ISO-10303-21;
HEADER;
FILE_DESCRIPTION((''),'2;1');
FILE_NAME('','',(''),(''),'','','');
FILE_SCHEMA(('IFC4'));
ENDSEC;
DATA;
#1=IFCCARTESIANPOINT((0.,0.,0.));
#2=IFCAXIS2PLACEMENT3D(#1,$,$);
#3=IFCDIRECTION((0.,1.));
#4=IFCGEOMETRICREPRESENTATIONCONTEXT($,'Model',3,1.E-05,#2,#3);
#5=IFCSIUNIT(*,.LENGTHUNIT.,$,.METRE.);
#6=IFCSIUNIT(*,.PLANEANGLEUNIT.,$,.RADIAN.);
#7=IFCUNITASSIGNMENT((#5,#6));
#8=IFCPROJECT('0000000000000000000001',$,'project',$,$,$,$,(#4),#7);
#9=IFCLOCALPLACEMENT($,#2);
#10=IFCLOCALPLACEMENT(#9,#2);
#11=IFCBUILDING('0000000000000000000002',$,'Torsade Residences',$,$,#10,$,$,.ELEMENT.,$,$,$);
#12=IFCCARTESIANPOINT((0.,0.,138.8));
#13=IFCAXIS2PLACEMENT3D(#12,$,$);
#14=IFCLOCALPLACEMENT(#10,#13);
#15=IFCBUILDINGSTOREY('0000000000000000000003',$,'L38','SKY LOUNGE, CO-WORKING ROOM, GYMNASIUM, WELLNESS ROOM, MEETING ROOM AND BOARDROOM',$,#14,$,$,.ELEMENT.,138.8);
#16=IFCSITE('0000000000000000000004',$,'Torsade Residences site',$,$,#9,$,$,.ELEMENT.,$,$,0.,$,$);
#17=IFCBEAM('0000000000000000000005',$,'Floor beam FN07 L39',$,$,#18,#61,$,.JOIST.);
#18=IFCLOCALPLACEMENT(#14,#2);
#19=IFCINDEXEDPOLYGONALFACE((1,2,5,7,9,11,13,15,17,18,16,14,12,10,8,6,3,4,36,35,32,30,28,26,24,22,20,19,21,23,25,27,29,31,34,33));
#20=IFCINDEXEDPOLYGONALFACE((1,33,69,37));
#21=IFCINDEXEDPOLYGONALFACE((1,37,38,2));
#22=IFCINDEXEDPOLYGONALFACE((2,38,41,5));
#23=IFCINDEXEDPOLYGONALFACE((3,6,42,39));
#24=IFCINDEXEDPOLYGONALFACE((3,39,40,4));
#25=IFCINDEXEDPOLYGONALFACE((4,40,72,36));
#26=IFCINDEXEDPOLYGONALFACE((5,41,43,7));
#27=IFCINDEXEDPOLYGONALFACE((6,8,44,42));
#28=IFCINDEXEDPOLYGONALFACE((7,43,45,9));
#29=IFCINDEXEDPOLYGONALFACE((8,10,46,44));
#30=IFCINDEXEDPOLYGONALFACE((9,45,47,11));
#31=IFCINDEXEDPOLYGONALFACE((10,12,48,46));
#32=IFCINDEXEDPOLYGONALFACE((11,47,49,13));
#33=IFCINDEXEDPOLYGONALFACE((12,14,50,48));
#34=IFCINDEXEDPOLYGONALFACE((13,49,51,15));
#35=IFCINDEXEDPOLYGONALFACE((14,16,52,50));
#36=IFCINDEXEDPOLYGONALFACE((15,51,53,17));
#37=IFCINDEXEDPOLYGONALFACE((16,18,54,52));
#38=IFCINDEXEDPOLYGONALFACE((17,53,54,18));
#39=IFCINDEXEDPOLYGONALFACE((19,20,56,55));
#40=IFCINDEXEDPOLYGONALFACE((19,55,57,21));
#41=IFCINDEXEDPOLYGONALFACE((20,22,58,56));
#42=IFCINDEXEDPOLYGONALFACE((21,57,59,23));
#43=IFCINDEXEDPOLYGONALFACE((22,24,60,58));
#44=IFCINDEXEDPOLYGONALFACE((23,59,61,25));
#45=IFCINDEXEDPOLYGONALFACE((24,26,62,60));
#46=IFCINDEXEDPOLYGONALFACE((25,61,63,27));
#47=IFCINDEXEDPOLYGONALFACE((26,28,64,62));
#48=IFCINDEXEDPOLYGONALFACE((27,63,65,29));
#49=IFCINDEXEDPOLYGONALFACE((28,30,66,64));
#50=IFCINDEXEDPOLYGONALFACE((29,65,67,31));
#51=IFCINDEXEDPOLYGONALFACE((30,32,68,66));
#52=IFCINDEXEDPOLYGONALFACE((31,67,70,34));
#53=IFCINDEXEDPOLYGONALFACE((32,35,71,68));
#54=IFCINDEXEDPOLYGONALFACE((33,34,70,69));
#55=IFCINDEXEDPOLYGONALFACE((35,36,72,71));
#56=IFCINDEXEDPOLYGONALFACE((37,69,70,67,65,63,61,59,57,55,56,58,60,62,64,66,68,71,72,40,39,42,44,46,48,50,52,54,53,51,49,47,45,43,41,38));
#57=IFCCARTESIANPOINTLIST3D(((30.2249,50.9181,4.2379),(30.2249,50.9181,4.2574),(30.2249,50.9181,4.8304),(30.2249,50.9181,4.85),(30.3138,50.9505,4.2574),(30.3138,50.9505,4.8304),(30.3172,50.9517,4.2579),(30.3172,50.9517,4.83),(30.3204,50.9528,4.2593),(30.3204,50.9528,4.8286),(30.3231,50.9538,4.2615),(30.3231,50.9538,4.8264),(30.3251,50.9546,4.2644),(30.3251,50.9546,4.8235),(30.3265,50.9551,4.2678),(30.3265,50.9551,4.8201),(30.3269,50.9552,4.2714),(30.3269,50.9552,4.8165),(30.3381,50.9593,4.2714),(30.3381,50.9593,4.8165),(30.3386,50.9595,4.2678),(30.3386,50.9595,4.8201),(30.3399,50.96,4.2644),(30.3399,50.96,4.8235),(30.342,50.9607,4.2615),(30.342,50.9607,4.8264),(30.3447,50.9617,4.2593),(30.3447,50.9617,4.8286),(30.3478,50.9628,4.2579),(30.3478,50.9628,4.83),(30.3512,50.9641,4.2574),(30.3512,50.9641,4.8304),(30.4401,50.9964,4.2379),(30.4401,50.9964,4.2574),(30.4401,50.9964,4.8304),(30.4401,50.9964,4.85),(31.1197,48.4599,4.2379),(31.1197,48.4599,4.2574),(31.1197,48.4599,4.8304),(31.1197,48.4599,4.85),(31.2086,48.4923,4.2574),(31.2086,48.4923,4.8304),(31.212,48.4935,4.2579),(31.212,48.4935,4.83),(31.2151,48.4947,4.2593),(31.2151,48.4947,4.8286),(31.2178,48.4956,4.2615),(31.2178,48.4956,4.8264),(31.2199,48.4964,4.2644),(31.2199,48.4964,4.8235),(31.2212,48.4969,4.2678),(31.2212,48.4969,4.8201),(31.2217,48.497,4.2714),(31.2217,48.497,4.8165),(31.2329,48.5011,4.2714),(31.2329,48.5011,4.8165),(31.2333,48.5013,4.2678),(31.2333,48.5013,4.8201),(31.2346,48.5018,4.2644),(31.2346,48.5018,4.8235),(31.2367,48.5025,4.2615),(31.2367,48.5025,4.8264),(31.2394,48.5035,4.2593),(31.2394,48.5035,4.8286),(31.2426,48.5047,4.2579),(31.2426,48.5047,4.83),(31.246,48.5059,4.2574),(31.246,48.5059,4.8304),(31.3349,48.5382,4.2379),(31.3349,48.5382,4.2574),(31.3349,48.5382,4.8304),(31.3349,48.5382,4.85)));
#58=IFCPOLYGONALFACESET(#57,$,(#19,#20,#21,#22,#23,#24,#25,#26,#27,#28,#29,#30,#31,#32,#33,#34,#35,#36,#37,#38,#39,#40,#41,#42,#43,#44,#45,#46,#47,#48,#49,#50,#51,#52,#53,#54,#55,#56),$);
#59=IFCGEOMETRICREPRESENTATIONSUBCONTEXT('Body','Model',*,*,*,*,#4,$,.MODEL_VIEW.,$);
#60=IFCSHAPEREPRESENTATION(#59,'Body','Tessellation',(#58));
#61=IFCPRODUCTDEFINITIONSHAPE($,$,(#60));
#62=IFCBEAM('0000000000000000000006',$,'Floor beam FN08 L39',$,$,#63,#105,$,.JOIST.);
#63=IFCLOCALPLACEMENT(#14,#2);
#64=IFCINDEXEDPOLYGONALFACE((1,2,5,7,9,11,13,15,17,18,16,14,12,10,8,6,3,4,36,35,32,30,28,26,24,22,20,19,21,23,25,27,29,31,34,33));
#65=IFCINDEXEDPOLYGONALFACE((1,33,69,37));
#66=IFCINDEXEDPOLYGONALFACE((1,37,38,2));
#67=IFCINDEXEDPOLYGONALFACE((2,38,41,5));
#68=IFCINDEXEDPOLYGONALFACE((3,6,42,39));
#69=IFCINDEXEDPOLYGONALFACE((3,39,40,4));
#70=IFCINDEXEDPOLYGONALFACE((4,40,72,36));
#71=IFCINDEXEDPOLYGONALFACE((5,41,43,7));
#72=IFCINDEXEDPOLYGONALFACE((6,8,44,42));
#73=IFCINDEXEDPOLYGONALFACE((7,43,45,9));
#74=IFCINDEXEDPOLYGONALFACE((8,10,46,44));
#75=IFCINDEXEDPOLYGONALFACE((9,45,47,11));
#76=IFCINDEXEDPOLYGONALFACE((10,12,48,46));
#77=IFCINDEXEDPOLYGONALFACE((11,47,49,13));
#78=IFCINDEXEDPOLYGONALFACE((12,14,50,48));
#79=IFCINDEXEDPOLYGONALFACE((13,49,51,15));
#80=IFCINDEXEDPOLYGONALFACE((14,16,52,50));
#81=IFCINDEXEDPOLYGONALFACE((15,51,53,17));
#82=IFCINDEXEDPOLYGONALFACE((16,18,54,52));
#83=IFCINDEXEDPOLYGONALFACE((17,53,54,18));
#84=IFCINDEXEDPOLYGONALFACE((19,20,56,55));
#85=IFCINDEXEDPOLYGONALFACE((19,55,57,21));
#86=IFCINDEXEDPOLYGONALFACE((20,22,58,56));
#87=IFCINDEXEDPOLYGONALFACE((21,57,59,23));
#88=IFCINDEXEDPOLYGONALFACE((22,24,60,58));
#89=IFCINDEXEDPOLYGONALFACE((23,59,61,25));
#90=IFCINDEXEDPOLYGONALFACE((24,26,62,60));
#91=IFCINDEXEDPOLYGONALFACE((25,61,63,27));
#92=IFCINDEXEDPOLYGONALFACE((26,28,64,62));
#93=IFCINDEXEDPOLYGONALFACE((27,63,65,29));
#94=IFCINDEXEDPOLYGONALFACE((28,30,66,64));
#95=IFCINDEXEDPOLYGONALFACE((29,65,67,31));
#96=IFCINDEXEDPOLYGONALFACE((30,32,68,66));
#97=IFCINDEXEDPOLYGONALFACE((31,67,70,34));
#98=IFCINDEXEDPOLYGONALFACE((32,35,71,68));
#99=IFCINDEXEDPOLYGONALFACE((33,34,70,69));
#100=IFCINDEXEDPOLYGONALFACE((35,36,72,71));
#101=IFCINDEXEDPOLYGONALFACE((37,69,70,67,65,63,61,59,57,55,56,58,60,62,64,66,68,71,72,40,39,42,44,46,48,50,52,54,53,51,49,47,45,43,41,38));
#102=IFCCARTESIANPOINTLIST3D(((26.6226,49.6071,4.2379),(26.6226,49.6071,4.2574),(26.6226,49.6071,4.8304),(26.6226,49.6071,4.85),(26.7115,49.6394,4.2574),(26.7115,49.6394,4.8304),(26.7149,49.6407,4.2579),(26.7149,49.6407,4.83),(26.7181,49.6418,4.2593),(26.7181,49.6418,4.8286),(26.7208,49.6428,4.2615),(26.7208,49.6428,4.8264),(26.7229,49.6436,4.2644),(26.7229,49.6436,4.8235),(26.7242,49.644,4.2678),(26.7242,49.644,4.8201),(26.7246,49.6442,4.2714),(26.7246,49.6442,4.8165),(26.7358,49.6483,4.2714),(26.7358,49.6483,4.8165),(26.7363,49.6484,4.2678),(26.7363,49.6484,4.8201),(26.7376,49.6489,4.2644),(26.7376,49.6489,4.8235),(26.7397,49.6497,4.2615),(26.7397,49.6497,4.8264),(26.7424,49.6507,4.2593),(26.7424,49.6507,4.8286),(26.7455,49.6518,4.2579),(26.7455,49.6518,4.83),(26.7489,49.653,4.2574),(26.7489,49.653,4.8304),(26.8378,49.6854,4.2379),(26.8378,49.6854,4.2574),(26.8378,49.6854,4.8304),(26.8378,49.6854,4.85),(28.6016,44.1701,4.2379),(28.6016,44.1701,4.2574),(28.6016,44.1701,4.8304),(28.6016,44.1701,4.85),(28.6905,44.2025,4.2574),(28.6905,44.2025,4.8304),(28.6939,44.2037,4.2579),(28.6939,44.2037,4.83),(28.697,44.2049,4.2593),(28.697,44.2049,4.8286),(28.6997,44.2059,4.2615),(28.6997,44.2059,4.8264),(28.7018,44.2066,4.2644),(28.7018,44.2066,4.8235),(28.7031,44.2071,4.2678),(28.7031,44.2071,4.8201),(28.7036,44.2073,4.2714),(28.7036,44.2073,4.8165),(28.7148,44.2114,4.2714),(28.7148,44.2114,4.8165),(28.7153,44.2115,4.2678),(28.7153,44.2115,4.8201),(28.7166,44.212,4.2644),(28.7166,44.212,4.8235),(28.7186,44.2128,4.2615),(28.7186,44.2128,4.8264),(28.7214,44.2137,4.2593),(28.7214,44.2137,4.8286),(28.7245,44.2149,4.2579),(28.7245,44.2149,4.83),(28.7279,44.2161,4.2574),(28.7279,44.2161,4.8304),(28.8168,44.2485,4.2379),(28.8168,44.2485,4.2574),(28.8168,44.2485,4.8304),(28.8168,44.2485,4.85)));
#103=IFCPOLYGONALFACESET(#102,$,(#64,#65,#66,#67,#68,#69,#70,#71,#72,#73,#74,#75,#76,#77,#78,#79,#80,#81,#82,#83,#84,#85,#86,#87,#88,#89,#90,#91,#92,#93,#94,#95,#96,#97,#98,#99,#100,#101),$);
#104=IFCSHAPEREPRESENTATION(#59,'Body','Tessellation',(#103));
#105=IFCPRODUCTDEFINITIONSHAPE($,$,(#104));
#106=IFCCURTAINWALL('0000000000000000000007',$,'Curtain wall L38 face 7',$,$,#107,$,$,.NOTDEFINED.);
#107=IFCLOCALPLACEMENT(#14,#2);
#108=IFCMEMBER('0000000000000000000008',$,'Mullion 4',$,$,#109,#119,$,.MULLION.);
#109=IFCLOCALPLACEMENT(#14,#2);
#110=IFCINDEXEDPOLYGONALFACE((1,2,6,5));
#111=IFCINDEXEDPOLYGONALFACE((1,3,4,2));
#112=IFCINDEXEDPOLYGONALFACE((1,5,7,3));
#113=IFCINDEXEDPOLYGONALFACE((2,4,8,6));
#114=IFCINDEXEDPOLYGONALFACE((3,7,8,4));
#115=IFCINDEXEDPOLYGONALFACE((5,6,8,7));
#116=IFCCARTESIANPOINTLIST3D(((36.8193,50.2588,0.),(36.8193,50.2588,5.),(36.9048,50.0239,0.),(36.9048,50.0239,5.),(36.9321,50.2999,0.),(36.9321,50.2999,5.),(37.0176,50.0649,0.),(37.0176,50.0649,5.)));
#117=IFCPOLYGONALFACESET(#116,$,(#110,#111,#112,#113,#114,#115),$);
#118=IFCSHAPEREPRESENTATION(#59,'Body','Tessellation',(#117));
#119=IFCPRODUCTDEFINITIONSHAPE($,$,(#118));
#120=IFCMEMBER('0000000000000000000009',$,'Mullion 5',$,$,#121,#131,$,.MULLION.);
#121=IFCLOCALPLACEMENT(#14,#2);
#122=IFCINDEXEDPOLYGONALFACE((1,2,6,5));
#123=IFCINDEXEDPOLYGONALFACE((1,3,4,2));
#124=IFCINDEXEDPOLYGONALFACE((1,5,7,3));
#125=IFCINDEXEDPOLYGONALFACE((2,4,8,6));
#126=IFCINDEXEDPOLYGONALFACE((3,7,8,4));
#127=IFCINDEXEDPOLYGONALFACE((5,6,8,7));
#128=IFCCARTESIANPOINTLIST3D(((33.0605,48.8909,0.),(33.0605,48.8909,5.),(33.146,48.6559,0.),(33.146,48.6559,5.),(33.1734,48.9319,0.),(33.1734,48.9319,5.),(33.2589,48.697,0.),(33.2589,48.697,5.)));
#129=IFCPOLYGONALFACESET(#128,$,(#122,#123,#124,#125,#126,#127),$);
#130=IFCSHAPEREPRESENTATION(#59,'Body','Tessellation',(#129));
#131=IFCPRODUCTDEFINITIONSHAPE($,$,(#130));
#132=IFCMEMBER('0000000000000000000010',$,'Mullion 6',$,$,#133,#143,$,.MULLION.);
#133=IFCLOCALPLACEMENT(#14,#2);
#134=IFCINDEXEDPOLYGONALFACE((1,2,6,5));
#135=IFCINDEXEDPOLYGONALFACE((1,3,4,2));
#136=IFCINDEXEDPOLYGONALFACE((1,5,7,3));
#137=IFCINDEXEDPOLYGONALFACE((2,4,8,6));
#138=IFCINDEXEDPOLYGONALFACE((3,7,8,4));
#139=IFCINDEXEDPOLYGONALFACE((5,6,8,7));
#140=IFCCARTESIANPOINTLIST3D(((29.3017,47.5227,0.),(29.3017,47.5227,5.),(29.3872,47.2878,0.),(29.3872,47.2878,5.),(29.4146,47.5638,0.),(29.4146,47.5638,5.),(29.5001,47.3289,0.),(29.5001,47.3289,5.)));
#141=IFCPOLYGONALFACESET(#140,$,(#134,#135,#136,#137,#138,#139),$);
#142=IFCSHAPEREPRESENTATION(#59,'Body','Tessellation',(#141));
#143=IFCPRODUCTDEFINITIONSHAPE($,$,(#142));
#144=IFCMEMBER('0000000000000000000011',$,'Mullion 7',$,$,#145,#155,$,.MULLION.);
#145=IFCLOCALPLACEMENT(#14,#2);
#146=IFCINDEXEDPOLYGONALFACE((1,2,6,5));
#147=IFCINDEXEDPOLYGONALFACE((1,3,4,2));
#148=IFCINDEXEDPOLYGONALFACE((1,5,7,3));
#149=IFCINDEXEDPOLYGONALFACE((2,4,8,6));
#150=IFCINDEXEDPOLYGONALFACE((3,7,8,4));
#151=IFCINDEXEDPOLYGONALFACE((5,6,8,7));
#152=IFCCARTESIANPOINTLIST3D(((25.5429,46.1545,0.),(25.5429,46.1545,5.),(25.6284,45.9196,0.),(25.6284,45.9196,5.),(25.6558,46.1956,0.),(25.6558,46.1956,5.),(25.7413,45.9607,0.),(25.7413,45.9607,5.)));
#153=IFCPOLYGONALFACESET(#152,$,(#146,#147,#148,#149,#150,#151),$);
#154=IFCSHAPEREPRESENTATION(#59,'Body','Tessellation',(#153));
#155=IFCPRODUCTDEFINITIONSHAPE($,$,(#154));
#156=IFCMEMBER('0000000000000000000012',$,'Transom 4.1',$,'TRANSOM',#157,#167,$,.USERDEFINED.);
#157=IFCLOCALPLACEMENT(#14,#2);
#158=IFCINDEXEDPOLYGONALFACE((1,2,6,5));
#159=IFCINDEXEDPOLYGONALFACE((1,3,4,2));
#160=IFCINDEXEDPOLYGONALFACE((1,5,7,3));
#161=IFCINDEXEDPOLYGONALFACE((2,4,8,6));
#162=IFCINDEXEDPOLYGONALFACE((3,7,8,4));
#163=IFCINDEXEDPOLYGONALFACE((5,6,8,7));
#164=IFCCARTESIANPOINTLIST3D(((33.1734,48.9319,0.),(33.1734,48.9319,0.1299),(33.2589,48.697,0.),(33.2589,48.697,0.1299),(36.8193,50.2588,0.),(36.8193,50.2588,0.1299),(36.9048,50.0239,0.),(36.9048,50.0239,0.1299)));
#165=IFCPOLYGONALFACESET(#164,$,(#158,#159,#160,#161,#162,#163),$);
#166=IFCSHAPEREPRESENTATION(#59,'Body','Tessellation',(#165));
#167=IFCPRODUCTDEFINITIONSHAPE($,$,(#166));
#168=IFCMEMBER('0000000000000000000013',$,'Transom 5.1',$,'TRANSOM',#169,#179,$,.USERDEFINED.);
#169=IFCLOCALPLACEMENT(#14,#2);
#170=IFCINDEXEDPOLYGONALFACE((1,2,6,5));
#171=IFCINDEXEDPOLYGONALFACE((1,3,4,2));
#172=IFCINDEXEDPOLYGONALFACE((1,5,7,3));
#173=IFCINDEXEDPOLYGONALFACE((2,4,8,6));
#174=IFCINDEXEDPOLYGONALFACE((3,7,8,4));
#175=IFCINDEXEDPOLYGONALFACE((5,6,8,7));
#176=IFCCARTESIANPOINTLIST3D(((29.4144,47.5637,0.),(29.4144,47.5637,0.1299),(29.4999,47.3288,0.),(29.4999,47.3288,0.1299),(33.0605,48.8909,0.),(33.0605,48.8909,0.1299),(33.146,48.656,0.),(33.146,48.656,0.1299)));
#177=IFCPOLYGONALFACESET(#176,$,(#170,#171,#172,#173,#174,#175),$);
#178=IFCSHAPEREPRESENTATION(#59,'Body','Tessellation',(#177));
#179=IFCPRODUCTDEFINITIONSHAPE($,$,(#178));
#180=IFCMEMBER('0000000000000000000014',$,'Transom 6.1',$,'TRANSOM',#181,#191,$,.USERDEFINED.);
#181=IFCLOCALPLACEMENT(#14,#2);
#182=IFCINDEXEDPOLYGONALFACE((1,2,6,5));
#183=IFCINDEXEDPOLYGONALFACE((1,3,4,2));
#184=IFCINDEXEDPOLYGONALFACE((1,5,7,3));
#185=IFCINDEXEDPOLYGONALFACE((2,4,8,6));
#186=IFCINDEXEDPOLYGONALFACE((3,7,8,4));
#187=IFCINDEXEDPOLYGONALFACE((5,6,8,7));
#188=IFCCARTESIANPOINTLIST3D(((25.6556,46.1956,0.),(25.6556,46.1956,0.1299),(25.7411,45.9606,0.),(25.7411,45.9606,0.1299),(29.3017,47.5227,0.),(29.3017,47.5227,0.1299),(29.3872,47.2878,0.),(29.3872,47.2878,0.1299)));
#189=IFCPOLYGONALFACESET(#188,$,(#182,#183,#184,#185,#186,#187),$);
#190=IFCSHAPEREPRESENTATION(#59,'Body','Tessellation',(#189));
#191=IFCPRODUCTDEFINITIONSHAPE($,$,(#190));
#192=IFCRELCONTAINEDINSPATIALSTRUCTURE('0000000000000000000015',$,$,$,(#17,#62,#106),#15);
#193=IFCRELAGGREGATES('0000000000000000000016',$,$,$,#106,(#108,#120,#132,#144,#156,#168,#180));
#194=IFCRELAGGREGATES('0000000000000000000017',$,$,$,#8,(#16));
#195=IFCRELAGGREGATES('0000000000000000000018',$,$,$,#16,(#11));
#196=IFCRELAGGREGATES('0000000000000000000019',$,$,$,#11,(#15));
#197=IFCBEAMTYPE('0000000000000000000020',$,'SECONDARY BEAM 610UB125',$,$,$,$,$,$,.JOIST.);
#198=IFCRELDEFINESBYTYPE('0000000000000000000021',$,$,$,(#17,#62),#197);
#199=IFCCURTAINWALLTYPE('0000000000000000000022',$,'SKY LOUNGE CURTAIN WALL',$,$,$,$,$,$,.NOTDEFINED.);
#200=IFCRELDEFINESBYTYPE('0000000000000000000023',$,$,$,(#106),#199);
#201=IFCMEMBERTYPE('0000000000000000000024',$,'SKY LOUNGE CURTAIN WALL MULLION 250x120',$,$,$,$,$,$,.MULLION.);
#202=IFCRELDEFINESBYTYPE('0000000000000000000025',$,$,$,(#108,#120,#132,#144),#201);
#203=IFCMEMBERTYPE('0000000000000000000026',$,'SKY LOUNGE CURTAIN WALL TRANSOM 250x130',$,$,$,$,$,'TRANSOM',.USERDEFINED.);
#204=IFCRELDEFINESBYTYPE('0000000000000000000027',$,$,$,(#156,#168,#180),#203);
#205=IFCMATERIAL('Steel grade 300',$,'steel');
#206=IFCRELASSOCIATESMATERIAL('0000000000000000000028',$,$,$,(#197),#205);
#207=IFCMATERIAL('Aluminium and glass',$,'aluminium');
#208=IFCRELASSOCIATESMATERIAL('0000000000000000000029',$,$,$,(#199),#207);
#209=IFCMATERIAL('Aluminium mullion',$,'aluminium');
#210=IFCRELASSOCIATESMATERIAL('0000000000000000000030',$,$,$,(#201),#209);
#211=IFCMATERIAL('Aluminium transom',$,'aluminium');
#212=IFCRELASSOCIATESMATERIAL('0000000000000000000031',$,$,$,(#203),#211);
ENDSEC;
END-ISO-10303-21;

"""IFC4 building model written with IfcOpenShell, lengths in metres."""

from ifc_helpers import new_model, si_unit, direction, frame, origin, origin_2d, place, context, subcontext, project, spatial, rectangle, i_section, extrude, material, material_profile, profile_set, type_object, element, aggregate, save


model = new_model("IFC4")

# Units and contexts
model_context = context("Model", 3, precision=1e-05, world=origin(), true_north=direction((0.0, 1.0)))
body_context = subcontext(model_context, "Body", "Model", "MODEL_VIEW")
ifc_project = project(units=[si_unit("LENGTHUNIT", "METRE"), si_unit("PLANEANGLEUNIT", "RADIAN")], contexts=[model_context])

# Site, building, storey
site_placement = place(None, origin())
site = spatial("IfcSite", under=ifc_project, at=site_placement, Name="Torsade Residences site", CompositionType="ELEMENT", RefElevation=0.0)
building_placement = place(site_placement, origin())
building = spatial("IfcBuilding", under=site, at=building_placement, Name="Torsade Residences", CompositionType="ELEMENT")
storey_placement = place(building_placement, frame((0.0, 0.0, 138.8)))
storey = spatial("IfcBuildingStorey", under=building, at=storey_placement, Name="L38", Description="SKY LOUNGE, CO-WORKING ROOM, GYMNASIUM, WELLNESS ROOM, MEETING ROOM AND BOARDROOM", CompositionType="ELEMENT", Elevation=138.8)

# Beams
ifc_material_1 = material(Name="Steel grade 300", Category="steel")
ifc_material_profile_1 = material_profile(ifc_material_1, i_section(OverallWidth=0.229, OverallDepth=0.6121, WebThickness=0.012, FlangeThickness=0.0195, FilletRadius=0.0139, at=origin_2d()), Name="610UB125")
ifc_profile_set_1 = profile_set([ifc_material_profile_1], Name="Steel grade 300")
beam_type_1 = type_object("IfcBeamType", Name="SECONDARY BEAM 610UB125", PredefinedType="JOIST", material=ifc_profile_set_1)
beam_1_placement = place(storey_placement, frame((30.3325, 50.9573, 4.5439), z_axis=(0.342035, -0.939687, 0.0), x_axis=(0.939687, 0.342035, 0.0)))
element("IfcBeam", 1, at=beam_1_placement, inside=storey, type_object=beam_type_1, Name="Floor beam FN07 L39", PredefinedType="JOIST", context=body_context, shape_type="SweptSolid", body=[
    extrude(i_section(OverallWidth=0.229, OverallDepth=0.6121, WebThickness=0.012, FlangeThickness=0.0195, FilletRadius=0.0139, at=origin_2d()), origin(), (0.0, 0.0, 1.0), 2.616),
])
beam_2_placement = place(storey_placement, frame((26.7302, 49.6462, 4.5439), z_axis=(0.342034, -0.939687, 0.0), x_axis=(0.939687, 0.342034, 0.0)))
element("IfcBeam", 2, at=beam_2_placement, inside=storey, type_object=beam_type_1, Name="Floor beam FN08 L39", PredefinedType="JOIST", context=body_context, shape_type="SweptSolid", body=[
    extrude(i_section(OverallWidth=0.229, OverallDepth=0.6121, WebThickness=0.012, FlangeThickness=0.0195, FilletRadius=0.0139, at=origin_2d()), origin(), (0.0, 0.0, 1.0), 5.7859),
])

# Curtain wall, members
ifc_material_2 = material(Name="Aluminium and glass", Category="aluminium")
curtain_wall_type = type_object("IfcCurtainWallType", Name="SKY LOUNGE CURTAIN WALL", PredefinedType="NOTDEFINED", material=ifc_material_2)
curtain_wall_placement = place(storey_placement, origin())
curtain_wall = element("IfcCurtainWall", 3, at=curtain_wall_placement, inside=storey, type_object=curtain_wall_type, Name="Curtain wall L38 face 7", PredefinedType="NOTDEFINED")
ifc_material_3 = material(Name="Aluminium mullion", Category="aluminium")
ifc_material_profile_2 = material_profile(ifc_material_3, rectangle(XDim=0.25, YDim=0.1201, at=origin_2d()), Name="SKY LOUNGE CURTAIN WALL MULLION 250x120")
ifc_profile_set_2 = profile_set([ifc_material_profile_2], Name="Aluminium mullion")
member_type_1 = type_object("IfcMemberType", Name="SKY LOUNGE CURTAIN WALL MULLION 250x120", PredefinedType="MULLION", material=ifc_profile_set_2)
member_1_placement = place(storey_placement, frame((36.9185, 50.1619, 0.0), z_axis=(0.0, 0.0, 1.0), x_axis=(0.34202, -0.939693, 0.0)))
member_1 = element("IfcMember", 4, at=member_1_placement, type_object=member_type_1, Name="Mullion 4", PredefinedType="MULLION", context=body_context, shape_type="SweptSolid", body=[
    extrude(rectangle(XDim=0.25, YDim=0.1201, at=origin_2d()), origin(), (0.0, 0.0, 1.0), 5.0),
])
member_2_placement = place(storey_placement, frame((33.1597, 48.7939, 0.0), z_axis=(0.0, 0.0, 1.0), x_axis=(0.34202, -0.939693, 0.0)))
member_2 = element("IfcMember", 5, at=member_2_placement, type_object=member_type_1, Name="Mullion 5", PredefinedType="MULLION", context=body_context, shape_type="SweptSolid", body=[
    extrude(rectangle(XDim=0.25, YDim=0.1201, at=origin_2d()), origin(), (0.0, 0.0, 1.0), 5.0),
])
member_3_placement = place(storey_placement, frame((29.4009, 47.4258, 0.0), z_axis=(0.0, 0.0, 1.0), x_axis=(0.34202, -0.939693, 0.0)))
member_3 = element("IfcMember", 6, at=member_3_placement, type_object=member_type_1, Name="Mullion 6", PredefinedType="MULLION", context=body_context, shape_type="SweptSolid", body=[
    extrude(rectangle(XDim=0.25, YDim=0.1201, at=origin_2d()), origin(), (0.0, 0.0, 1.0), 5.0),
])
member_4_placement = place(storey_placement, frame((25.6421, 46.0576, 0.0), z_axis=(0.0, 0.0, 1.0), x_axis=(0.34202, -0.939693, 0.0)))
member_4 = element("IfcMember", 7, at=member_4_placement, type_object=member_type_1, Name="Mullion 7", PredefinedType="MULLION", context=body_context, shape_type="SweptSolid", body=[
    extrude(rectangle(XDim=0.25, YDim=0.1201, at=origin_2d()), origin(), (0.0, 0.0, 1.0), 5.0),
])
ifc_material_4 = material(Name="Aluminium transom", Category="aluminium")
ifc_material_profile_3 = material_profile(ifc_material_4, rectangle(XDim=0.25, YDim=0.1299, at=origin_2d()), Name="SKY LOUNGE CURTAIN WALL TRANSOM 250x130")
ifc_profile_set_3 = profile_set([ifc_material_profile_3], Name="Aluminium transom")
member_type_2 = type_object("IfcMemberType", Name="SKY LOUNGE CURTAIN WALL TRANSOM 250x130", ElementType="TRANSOM", PredefinedType="USERDEFINED", material=ifc_profile_set_3)
member_5_placement = place(storey_placement, frame((36.8621, 50.1414, 0.0649), z_axis=(-0.939703, -0.341991, 0.0), x_axis=(0.341991, -0.939703, 0.0)))
member_5 = element("IfcMember", 8, at=member_5_placement, type_object=member_type_2, Name="Transom 4.1", ObjectType="TRANSOM", PredefinedType="USERDEFINED", context=body_context, shape_type="SweptSolid", body=[
    extrude(rectangle(XDim=0.25, YDim=0.1299, at=origin_2d()), origin(), (0.0, 0.0, 1.0), 3.8799),
])
member_6_placement = place(storey_placement, frame((33.1033, 48.7734, 0.0649), z_axis=(-0.939683, -0.342046, 0.0), x_axis=(0.342046, -0.939683, 0.0)))
member_6 = element("IfcMember", 9, at=member_6_placement, type_object=member_type_2, Name="Transom 5.1", ObjectType="TRANSOM", PredefinedType="USERDEFINED", context=body_context, shape_type="SweptSolid", body=[
    extrude(rectangle(XDim=0.25, YDim=0.1299, at=origin_2d()), origin(), (0.0, 0.0, 1.0), 3.8801),
])
member_7_placement = place(storey_placement, frame((29.3445, 47.4053, 0.0649), z_axis=(-0.939683, -0.342046, 0.0), x_axis=(0.342046, -0.939683, 0.0)))
member_7 = element("IfcMember", 10, at=member_7_placement, type_object=member_type_2, Name="Transom 6.1", ObjectType="TRANSOM", PredefinedType="USERDEFINED", context=body_context, shape_type="SweptSolid", body=[
    extrude(rectangle(XDim=0.25, YDim=0.1299, at=origin_2d()), origin(), (0.0, 0.0, 1.0), 3.8801),
])

aggregate(curtain_wall, [member_1, member_2, member_3, member_4, member_5, member_6, member_7])

save(model, "model.ifc")
